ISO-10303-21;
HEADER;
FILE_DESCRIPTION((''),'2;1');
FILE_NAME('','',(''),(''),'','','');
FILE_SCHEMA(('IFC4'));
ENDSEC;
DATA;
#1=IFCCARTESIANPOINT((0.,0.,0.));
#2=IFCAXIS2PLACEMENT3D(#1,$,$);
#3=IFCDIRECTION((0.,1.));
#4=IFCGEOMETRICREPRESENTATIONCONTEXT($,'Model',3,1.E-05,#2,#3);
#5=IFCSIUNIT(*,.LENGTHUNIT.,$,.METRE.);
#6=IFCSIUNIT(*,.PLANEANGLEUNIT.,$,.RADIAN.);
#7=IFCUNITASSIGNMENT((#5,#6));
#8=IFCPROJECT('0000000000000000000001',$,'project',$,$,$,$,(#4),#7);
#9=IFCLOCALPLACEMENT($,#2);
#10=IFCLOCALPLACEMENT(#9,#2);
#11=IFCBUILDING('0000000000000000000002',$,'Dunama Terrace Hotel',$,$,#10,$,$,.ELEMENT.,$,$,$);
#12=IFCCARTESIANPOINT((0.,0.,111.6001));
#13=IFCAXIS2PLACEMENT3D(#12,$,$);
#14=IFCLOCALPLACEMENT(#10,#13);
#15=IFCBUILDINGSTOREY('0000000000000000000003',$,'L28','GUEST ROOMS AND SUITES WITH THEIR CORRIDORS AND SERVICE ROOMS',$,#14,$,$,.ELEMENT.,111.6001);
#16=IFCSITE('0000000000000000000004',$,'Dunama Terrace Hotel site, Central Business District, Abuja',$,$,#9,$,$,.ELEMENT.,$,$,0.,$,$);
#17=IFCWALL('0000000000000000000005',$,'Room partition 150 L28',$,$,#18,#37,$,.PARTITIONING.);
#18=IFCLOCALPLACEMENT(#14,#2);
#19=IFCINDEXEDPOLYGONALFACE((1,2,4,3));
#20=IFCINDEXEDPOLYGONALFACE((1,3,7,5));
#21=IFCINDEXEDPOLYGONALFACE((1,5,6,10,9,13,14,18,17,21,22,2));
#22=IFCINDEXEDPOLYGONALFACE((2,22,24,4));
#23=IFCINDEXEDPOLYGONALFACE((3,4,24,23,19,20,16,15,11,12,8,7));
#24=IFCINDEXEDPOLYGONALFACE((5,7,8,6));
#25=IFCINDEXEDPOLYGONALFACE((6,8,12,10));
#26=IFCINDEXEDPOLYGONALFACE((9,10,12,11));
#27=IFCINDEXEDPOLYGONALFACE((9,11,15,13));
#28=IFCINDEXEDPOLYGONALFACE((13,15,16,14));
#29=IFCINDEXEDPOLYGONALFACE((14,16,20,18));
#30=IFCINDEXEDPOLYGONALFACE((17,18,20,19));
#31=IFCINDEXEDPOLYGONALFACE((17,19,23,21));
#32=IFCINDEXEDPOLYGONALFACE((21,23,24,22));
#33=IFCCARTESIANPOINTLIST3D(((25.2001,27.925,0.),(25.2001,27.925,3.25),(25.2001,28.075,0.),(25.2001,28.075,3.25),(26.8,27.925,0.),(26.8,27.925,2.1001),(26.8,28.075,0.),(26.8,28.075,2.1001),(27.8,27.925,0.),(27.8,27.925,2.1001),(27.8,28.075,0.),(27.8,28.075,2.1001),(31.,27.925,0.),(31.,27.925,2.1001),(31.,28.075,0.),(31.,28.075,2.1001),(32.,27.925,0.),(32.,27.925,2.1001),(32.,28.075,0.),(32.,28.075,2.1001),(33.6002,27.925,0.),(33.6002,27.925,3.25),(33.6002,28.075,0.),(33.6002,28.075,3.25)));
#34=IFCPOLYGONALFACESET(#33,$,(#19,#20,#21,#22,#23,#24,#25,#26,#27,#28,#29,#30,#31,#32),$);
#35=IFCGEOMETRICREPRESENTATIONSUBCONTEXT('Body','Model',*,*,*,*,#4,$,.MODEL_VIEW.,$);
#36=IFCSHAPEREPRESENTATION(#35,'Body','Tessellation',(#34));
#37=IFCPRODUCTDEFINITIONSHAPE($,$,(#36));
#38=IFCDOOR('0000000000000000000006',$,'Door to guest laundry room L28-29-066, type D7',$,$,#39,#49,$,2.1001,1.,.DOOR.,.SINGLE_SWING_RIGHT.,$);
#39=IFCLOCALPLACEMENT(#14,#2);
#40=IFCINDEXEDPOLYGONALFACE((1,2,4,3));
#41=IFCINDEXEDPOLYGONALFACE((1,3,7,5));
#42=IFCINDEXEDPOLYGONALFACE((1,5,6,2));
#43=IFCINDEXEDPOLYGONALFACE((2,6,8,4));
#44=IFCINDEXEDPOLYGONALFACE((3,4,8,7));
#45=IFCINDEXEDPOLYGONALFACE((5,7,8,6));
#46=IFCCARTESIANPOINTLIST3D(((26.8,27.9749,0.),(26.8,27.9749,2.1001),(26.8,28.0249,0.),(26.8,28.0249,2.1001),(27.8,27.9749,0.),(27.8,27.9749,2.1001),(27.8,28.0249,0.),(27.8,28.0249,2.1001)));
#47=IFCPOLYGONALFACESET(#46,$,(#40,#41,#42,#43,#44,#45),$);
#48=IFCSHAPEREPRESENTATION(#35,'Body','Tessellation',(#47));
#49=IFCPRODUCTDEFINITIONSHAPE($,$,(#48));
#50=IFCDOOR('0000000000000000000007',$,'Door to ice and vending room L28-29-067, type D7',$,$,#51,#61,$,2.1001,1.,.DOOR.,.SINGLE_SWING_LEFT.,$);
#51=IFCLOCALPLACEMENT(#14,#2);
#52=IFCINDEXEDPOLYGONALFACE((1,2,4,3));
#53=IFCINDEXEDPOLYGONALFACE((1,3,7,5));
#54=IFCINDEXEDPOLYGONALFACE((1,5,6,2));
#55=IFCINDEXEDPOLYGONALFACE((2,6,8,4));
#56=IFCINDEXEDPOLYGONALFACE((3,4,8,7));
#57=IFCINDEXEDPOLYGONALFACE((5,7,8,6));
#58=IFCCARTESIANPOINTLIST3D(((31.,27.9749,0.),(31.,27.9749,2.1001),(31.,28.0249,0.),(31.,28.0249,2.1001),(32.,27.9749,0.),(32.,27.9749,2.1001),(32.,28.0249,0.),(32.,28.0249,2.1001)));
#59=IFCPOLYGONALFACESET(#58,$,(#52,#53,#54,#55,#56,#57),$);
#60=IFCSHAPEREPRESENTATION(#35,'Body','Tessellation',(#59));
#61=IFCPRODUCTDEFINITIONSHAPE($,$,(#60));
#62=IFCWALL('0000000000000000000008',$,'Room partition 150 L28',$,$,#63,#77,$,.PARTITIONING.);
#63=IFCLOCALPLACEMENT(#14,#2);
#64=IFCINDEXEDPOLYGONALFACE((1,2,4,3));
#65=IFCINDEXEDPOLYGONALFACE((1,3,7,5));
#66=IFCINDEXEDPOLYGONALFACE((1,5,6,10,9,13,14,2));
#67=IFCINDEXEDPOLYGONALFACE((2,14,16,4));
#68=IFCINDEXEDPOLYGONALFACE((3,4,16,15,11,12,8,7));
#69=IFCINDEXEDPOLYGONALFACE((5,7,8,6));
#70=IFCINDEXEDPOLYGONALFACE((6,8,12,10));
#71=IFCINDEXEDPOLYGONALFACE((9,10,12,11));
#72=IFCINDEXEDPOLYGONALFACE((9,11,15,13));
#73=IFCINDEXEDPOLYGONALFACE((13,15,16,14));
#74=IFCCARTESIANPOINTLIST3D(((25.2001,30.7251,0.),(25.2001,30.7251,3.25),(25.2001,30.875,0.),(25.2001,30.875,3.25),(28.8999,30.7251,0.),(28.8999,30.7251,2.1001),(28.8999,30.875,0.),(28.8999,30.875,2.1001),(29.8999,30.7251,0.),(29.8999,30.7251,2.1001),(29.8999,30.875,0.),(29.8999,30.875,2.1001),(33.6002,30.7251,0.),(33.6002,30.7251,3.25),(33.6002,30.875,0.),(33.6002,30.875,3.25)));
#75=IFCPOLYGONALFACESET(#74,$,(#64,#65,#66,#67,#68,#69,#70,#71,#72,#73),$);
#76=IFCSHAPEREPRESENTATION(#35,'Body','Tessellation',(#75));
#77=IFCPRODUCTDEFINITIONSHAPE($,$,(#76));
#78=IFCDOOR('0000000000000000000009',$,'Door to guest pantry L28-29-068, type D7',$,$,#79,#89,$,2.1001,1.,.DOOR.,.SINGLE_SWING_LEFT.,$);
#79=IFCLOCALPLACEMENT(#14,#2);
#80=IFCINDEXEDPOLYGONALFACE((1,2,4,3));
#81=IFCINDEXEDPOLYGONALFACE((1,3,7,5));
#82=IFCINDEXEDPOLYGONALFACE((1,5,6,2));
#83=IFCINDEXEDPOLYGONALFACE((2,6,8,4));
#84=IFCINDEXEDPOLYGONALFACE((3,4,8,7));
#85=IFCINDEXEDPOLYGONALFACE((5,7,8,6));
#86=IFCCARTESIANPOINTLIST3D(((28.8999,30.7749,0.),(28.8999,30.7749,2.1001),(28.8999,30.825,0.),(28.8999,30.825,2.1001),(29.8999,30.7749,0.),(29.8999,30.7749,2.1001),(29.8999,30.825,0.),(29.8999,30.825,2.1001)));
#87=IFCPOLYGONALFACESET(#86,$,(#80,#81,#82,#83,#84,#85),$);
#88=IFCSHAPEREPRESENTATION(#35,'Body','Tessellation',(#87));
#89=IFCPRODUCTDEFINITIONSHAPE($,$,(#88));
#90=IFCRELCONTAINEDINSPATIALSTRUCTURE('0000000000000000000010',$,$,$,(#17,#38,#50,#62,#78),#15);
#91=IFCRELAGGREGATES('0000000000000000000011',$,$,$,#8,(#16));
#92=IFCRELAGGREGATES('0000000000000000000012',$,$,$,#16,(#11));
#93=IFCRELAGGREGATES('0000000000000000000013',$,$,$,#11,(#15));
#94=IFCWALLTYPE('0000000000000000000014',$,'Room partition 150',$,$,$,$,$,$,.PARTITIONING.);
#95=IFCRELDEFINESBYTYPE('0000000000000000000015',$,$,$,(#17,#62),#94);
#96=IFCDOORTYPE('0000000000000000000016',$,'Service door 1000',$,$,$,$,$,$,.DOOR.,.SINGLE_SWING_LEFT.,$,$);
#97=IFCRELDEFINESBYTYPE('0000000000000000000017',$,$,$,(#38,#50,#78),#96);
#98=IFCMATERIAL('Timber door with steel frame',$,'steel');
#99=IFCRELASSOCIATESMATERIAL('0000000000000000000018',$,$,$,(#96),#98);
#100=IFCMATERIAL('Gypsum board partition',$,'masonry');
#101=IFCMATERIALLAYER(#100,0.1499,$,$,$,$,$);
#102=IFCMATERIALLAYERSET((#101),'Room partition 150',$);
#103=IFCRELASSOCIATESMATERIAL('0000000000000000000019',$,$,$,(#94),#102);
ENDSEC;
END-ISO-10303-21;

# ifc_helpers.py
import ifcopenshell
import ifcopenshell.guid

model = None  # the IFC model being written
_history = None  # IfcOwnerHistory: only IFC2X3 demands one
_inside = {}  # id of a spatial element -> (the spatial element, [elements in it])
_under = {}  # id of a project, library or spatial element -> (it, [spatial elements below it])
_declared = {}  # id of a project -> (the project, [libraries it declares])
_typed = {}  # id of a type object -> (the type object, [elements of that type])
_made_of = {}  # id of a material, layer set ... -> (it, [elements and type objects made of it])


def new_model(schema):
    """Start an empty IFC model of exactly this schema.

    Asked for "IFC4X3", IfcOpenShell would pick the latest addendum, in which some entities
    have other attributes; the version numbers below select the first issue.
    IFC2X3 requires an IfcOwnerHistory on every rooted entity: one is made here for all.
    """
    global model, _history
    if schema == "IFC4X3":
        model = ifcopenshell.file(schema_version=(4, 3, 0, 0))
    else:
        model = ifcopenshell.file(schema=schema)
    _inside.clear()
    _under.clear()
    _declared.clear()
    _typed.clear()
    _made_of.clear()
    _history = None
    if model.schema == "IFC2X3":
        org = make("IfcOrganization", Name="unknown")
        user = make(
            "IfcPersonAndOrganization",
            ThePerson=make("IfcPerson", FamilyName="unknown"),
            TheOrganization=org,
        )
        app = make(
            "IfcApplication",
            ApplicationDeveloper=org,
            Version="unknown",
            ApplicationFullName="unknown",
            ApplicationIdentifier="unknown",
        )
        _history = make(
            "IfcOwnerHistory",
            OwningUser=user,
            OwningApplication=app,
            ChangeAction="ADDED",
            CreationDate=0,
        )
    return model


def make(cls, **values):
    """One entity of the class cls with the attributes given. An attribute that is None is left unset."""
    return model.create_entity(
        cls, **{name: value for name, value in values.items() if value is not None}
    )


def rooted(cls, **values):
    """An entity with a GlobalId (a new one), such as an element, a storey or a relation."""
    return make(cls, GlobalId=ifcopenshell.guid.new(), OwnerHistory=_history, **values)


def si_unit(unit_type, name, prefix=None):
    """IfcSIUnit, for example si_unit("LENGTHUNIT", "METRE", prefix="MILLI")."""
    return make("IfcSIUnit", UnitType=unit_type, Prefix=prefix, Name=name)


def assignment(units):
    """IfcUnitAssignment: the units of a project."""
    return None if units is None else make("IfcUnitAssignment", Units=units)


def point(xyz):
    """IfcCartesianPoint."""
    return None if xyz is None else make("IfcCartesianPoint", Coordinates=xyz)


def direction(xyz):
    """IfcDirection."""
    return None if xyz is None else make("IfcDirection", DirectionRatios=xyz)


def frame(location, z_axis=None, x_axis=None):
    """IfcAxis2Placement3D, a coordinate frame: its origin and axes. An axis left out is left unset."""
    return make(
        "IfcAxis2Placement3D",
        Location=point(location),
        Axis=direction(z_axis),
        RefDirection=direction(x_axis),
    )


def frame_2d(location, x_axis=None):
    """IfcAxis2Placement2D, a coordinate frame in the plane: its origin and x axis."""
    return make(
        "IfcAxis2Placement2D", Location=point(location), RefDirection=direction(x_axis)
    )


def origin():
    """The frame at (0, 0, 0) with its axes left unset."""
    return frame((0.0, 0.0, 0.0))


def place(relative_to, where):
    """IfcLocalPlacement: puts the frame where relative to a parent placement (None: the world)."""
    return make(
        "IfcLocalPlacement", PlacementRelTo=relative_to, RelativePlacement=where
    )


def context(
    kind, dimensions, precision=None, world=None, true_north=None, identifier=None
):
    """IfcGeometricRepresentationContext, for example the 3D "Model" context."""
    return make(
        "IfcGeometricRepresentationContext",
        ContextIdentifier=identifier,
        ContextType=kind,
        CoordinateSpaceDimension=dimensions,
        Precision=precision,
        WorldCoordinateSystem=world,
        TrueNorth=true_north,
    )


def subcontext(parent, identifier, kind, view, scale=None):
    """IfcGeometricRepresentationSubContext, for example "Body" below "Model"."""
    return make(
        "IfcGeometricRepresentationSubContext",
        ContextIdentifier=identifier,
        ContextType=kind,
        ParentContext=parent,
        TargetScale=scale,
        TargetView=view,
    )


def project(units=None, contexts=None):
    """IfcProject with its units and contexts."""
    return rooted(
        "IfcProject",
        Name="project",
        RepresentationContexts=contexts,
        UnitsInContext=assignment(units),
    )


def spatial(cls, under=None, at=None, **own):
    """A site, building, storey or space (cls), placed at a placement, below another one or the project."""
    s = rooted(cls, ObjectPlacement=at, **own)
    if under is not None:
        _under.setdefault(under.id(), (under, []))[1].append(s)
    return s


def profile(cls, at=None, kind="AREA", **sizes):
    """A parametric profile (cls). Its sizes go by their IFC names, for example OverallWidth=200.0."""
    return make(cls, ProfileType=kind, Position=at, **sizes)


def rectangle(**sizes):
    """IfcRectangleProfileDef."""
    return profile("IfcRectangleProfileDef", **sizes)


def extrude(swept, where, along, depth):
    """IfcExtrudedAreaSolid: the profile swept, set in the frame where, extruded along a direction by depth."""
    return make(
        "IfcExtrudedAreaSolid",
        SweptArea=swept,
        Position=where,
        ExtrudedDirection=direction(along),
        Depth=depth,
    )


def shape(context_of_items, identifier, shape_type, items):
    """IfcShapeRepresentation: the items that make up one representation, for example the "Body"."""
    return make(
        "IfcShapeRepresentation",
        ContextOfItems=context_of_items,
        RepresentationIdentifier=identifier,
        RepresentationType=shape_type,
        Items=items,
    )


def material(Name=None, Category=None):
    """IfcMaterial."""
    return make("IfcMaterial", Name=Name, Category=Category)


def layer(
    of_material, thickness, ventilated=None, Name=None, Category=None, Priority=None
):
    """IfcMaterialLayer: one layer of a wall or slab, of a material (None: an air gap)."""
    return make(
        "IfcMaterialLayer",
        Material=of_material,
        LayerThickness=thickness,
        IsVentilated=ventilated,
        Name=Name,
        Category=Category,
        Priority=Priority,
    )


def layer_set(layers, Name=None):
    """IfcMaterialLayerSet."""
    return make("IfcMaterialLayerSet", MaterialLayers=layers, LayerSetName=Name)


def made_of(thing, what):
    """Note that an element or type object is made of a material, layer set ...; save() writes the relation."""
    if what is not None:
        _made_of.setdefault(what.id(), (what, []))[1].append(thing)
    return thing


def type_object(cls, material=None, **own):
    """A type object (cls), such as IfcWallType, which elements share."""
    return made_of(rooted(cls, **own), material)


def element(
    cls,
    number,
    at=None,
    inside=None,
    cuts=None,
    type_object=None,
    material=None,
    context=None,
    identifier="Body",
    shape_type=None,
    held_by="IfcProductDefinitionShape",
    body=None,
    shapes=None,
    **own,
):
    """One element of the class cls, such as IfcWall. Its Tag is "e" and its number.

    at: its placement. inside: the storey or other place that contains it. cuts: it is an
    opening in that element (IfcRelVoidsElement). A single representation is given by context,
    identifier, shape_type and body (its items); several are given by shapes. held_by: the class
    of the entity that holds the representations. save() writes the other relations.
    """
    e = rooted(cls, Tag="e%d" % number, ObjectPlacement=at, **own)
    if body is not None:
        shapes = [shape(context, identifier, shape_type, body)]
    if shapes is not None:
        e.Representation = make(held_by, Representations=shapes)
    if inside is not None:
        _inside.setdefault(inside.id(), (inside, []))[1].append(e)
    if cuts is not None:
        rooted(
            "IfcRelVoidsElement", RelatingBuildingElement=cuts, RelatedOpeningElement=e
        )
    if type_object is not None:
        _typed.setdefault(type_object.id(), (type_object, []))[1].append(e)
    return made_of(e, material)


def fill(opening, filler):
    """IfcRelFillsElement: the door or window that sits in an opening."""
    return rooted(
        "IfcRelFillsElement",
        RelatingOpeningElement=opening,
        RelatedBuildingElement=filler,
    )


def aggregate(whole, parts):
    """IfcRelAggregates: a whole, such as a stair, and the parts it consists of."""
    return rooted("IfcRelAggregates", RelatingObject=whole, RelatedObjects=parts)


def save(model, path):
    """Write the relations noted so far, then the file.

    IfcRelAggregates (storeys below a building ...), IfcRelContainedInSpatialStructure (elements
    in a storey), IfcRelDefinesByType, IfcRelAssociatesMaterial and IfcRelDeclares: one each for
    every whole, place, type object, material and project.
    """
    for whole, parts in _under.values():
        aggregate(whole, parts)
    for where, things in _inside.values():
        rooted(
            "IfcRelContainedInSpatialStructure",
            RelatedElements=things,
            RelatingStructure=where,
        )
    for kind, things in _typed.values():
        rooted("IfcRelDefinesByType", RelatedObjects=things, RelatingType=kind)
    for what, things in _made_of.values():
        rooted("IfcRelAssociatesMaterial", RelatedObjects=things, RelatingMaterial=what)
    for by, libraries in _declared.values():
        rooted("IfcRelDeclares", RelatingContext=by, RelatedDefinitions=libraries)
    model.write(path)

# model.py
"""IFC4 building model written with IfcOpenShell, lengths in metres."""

from ifc_helpers import new_model, si_unit, direction, frame, frame_2d, origin, place, context, subcontext, project, spatial, rectangle, extrude, material, layer, layer_set, type_object, element, fill, save


model = new_model("IFC4")

# Units and contexts
model_context = context("Model", 3, precision=1e-05, world=origin(), true_north=direction((0.0, 1.0)))
body_context = subcontext(model_context, "Body", "Model", "MODEL_VIEW")
ifc_project = project(units=[si_unit("LENGTHUNIT", "METRE"), si_unit("PLANEANGLEUNIT", "RADIAN")], contexts=[model_context])

# Site, building, storey
site_placement = place(None, origin())
site = spatial("IfcSite", under=ifc_project, at=site_placement, Name="Dunama Terrace Hotel site, Central Business District, Abuja", CompositionType="ELEMENT", RefElevation=0.0)
building_placement = place(site_placement, origin())
building = spatial("IfcBuilding", under=site, at=building_placement, Name="Dunama Terrace Hotel", CompositionType="ELEMENT")
storey_placement = place(building_placement, frame((0.0, 0.0, 111.6001)))
storey = spatial("IfcBuildingStorey", under=building, at=storey_placement, Name="L28", Description="GUEST ROOMS AND SUITES WITH THEIR CORRIDORS AND SERVICE ROOMS", CompositionType="ELEMENT", Elevation=111.6001)

# Shared definitions
ifc_material_1 = material(Name="Timber door with steel frame", Category="steel")
door_type_1 = type_object("IfcDoorType", Name="Service door 1000", OperationType="SINGLE_SWING_LEFT", PredefinedType="DOOR", material=ifc_material_1)

# Wall, openings, doors
ifc_material_2 = material(Name="Gypsum board partition", Category="masonry")
ifc_layer_1 = layer(ifc_material_2, 0.1499)
ifc_layer_set_1 = layer_set([ifc_layer_1], Name="Room partition 150")
wall_type_1 = type_object("IfcWallType", Name="Room partition 150", PredefinedType="PARTITIONING", material=ifc_layer_set_1)
wall_1_placement = place(storey_placement, frame((25.2, 28.0, 0.0), z_axis=(0.0, 0.0, 1.0), x_axis=(1.0, 0.0, 0.0)))
wall_1 = element("IfcWall", 1, at=wall_1_placement, inside=storey, type_object=wall_type_1, Name="Room partition 150 L28", PredefinedType="PARTITIONING", context=body_context, shape_type="SweptSolid", body=[
    extrude(rectangle(XDim=8.4001, YDim=0.1499, at=frame_2d((4.2002, 0.0))), origin(), (0.0, 0.0, 1.0), 3.25),
])
opening_1_placement = place(wall_1_placement, frame((1.6001, 0.0, 0.0)))
opening_1 = element("IfcOpeningElement", 2, at=opening_1_placement, cuts=wall_1, PredefinedType="OPENING", context=body_context, shape_type="SweptSolid", body=[
    extrude(rectangle(XDim=1.0, YDim=2.1001, at=frame_2d((0.5, 1.05))), frame((0.0, 0.085, 0.0), z_axis=(0.0, -1.0, 0.0), x_axis=(1.0, 0.0, 0.0)), (0.0, 0.0, 1.0), 0.1699),
])
opening_2_placement = place(wall_1_placement, frame((5.8, 0.0, 0.0)))
opening_2 = element("IfcOpeningElement", 3, at=opening_2_placement, cuts=wall_1, PredefinedType="OPENING", context=body_context, shape_type="SweptSolid", body=[
    extrude(rectangle(XDim=1.0, YDim=2.1001, at=frame_2d((0.5, 1.05))), frame((0.0, 0.085, 0.0), z_axis=(0.0, -1.0, 0.0), x_axis=(1.0, 0.0, 0.0)), (0.0, 0.0, 1.0), 0.1699),
])
door_1_placement = place(opening_1_placement, frame((1.0, 0.0, 0.0), z_axis=(0.0, 0.0, 1.0), x_axis=(-1.0, 0.0, 0.0)))
door_1 = element("IfcDoor", 4, at=door_1_placement, inside=storey, type_object=door_type_1, Name="Door to guest laundry room L28-29-066, type D7", OperationType="SINGLE_SWING_RIGHT", OverallHeight=2.1001, OverallWidth=1.0, PredefinedType="DOOR", context=body_context, shape_type="SweptSolid", body=[
    extrude(rectangle(XDim=1.0, YDim=2.1001, at=frame_2d((0.5, 1.05))), frame((0.0, 0.0251, 0.0), z_axis=(0.0, -1.0, 0.0), x_axis=(1.0, 0.0, 0.0)), (0.0, 0.0, 1.0), 0.05),
])
fill(opening_1, door_1)
door_2_placement = place(opening_2_placement, frame((1.0, 0.0, 0.0), z_axis=(0.0, 0.0, 1.0), x_axis=(-1.0, 0.0, 0.0)))
door_2 = element("IfcDoor", 5, at=door_2_placement, inside=storey, type_object=door_type_1, Name="Door to ice and vending room L28-29-067, type D7", OperationType="SINGLE_SWING_LEFT", OverallHeight=2.1001, OverallWidth=1.0, PredefinedType="DOOR", context=body_context, shape_type="SweptSolid", body=[
    extrude(rectangle(XDim=1.0, YDim=2.1001, at=frame_2d((0.5, 1.05))), frame((0.0, 0.0251, 0.0), z_axis=(0.0, -1.0, 0.0), x_axis=(1.0, 0.0, 0.0)), (0.0, 0.0, 1.0), 0.05),
])
fill(opening_2, door_2)

# Wall, opening, door
wall_2_placement = place(storey_placement, frame((25.2, 30.8, 0.0), z_axis=(0.0, 0.0, 1.0), x_axis=(1.0, 0.0, 0.0)))
wall_2 = element("IfcWall", 6, at=wall_2_placement, inside=storey, type_object=wall_type_1, Name="Room partition 150 L28", PredefinedType="PARTITIONING", context=body_context, shape_type="SweptSolid", body=[
    extrude(rectangle(XDim=8.4001, YDim=0.1499, at=frame_2d((4.2002, 0.0))), origin(), (0.0, 0.0, 1.0), 3.25),
])
opening_3_placement = place(wall_2_placement, frame((3.7, 0.0, 0.0)))
opening_3 = element("IfcOpeningElement", 7, at=opening_3_placement, cuts=wall_2, PredefinedType="OPENING", context=body_context, shape_type="SweptSolid", body=[
    extrude(rectangle(XDim=1.0, YDim=2.1001, at=frame_2d((0.5, 1.05))), frame((0.0, 0.085, 0.0), z_axis=(0.0, -1.0, 0.0), x_axis=(1.0, 0.0, 0.0)), (0.0, 0.0, 1.0), 0.1699),
])
door_3_placement = place(opening_3_placement, origin())
door_3 = element("IfcDoor", 8, at=door_3_placement, inside=storey, type_object=door_type_1, Name="Door to guest pantry L28-29-068, type D7", OperationType="SINGLE_SWING_LEFT", OverallHeight=2.1001, OverallWidth=1.0, PredefinedType="DOOR", context=body_context, shape_type="SweptSolid", body=[
    extrude(rectangle(XDim=1.0, YDim=2.1001, at=frame_2d((0.5, 1.05))), frame((0.0, 0.0249, 0.0), z_axis=(0.0, -1.0, 0.0), x_axis=(1.0, 0.0, 0.0)), (0.0, 0.0, 1.0), 0.05),
])
fill(opening_3, door_3)

save(model, "model.ifc")
